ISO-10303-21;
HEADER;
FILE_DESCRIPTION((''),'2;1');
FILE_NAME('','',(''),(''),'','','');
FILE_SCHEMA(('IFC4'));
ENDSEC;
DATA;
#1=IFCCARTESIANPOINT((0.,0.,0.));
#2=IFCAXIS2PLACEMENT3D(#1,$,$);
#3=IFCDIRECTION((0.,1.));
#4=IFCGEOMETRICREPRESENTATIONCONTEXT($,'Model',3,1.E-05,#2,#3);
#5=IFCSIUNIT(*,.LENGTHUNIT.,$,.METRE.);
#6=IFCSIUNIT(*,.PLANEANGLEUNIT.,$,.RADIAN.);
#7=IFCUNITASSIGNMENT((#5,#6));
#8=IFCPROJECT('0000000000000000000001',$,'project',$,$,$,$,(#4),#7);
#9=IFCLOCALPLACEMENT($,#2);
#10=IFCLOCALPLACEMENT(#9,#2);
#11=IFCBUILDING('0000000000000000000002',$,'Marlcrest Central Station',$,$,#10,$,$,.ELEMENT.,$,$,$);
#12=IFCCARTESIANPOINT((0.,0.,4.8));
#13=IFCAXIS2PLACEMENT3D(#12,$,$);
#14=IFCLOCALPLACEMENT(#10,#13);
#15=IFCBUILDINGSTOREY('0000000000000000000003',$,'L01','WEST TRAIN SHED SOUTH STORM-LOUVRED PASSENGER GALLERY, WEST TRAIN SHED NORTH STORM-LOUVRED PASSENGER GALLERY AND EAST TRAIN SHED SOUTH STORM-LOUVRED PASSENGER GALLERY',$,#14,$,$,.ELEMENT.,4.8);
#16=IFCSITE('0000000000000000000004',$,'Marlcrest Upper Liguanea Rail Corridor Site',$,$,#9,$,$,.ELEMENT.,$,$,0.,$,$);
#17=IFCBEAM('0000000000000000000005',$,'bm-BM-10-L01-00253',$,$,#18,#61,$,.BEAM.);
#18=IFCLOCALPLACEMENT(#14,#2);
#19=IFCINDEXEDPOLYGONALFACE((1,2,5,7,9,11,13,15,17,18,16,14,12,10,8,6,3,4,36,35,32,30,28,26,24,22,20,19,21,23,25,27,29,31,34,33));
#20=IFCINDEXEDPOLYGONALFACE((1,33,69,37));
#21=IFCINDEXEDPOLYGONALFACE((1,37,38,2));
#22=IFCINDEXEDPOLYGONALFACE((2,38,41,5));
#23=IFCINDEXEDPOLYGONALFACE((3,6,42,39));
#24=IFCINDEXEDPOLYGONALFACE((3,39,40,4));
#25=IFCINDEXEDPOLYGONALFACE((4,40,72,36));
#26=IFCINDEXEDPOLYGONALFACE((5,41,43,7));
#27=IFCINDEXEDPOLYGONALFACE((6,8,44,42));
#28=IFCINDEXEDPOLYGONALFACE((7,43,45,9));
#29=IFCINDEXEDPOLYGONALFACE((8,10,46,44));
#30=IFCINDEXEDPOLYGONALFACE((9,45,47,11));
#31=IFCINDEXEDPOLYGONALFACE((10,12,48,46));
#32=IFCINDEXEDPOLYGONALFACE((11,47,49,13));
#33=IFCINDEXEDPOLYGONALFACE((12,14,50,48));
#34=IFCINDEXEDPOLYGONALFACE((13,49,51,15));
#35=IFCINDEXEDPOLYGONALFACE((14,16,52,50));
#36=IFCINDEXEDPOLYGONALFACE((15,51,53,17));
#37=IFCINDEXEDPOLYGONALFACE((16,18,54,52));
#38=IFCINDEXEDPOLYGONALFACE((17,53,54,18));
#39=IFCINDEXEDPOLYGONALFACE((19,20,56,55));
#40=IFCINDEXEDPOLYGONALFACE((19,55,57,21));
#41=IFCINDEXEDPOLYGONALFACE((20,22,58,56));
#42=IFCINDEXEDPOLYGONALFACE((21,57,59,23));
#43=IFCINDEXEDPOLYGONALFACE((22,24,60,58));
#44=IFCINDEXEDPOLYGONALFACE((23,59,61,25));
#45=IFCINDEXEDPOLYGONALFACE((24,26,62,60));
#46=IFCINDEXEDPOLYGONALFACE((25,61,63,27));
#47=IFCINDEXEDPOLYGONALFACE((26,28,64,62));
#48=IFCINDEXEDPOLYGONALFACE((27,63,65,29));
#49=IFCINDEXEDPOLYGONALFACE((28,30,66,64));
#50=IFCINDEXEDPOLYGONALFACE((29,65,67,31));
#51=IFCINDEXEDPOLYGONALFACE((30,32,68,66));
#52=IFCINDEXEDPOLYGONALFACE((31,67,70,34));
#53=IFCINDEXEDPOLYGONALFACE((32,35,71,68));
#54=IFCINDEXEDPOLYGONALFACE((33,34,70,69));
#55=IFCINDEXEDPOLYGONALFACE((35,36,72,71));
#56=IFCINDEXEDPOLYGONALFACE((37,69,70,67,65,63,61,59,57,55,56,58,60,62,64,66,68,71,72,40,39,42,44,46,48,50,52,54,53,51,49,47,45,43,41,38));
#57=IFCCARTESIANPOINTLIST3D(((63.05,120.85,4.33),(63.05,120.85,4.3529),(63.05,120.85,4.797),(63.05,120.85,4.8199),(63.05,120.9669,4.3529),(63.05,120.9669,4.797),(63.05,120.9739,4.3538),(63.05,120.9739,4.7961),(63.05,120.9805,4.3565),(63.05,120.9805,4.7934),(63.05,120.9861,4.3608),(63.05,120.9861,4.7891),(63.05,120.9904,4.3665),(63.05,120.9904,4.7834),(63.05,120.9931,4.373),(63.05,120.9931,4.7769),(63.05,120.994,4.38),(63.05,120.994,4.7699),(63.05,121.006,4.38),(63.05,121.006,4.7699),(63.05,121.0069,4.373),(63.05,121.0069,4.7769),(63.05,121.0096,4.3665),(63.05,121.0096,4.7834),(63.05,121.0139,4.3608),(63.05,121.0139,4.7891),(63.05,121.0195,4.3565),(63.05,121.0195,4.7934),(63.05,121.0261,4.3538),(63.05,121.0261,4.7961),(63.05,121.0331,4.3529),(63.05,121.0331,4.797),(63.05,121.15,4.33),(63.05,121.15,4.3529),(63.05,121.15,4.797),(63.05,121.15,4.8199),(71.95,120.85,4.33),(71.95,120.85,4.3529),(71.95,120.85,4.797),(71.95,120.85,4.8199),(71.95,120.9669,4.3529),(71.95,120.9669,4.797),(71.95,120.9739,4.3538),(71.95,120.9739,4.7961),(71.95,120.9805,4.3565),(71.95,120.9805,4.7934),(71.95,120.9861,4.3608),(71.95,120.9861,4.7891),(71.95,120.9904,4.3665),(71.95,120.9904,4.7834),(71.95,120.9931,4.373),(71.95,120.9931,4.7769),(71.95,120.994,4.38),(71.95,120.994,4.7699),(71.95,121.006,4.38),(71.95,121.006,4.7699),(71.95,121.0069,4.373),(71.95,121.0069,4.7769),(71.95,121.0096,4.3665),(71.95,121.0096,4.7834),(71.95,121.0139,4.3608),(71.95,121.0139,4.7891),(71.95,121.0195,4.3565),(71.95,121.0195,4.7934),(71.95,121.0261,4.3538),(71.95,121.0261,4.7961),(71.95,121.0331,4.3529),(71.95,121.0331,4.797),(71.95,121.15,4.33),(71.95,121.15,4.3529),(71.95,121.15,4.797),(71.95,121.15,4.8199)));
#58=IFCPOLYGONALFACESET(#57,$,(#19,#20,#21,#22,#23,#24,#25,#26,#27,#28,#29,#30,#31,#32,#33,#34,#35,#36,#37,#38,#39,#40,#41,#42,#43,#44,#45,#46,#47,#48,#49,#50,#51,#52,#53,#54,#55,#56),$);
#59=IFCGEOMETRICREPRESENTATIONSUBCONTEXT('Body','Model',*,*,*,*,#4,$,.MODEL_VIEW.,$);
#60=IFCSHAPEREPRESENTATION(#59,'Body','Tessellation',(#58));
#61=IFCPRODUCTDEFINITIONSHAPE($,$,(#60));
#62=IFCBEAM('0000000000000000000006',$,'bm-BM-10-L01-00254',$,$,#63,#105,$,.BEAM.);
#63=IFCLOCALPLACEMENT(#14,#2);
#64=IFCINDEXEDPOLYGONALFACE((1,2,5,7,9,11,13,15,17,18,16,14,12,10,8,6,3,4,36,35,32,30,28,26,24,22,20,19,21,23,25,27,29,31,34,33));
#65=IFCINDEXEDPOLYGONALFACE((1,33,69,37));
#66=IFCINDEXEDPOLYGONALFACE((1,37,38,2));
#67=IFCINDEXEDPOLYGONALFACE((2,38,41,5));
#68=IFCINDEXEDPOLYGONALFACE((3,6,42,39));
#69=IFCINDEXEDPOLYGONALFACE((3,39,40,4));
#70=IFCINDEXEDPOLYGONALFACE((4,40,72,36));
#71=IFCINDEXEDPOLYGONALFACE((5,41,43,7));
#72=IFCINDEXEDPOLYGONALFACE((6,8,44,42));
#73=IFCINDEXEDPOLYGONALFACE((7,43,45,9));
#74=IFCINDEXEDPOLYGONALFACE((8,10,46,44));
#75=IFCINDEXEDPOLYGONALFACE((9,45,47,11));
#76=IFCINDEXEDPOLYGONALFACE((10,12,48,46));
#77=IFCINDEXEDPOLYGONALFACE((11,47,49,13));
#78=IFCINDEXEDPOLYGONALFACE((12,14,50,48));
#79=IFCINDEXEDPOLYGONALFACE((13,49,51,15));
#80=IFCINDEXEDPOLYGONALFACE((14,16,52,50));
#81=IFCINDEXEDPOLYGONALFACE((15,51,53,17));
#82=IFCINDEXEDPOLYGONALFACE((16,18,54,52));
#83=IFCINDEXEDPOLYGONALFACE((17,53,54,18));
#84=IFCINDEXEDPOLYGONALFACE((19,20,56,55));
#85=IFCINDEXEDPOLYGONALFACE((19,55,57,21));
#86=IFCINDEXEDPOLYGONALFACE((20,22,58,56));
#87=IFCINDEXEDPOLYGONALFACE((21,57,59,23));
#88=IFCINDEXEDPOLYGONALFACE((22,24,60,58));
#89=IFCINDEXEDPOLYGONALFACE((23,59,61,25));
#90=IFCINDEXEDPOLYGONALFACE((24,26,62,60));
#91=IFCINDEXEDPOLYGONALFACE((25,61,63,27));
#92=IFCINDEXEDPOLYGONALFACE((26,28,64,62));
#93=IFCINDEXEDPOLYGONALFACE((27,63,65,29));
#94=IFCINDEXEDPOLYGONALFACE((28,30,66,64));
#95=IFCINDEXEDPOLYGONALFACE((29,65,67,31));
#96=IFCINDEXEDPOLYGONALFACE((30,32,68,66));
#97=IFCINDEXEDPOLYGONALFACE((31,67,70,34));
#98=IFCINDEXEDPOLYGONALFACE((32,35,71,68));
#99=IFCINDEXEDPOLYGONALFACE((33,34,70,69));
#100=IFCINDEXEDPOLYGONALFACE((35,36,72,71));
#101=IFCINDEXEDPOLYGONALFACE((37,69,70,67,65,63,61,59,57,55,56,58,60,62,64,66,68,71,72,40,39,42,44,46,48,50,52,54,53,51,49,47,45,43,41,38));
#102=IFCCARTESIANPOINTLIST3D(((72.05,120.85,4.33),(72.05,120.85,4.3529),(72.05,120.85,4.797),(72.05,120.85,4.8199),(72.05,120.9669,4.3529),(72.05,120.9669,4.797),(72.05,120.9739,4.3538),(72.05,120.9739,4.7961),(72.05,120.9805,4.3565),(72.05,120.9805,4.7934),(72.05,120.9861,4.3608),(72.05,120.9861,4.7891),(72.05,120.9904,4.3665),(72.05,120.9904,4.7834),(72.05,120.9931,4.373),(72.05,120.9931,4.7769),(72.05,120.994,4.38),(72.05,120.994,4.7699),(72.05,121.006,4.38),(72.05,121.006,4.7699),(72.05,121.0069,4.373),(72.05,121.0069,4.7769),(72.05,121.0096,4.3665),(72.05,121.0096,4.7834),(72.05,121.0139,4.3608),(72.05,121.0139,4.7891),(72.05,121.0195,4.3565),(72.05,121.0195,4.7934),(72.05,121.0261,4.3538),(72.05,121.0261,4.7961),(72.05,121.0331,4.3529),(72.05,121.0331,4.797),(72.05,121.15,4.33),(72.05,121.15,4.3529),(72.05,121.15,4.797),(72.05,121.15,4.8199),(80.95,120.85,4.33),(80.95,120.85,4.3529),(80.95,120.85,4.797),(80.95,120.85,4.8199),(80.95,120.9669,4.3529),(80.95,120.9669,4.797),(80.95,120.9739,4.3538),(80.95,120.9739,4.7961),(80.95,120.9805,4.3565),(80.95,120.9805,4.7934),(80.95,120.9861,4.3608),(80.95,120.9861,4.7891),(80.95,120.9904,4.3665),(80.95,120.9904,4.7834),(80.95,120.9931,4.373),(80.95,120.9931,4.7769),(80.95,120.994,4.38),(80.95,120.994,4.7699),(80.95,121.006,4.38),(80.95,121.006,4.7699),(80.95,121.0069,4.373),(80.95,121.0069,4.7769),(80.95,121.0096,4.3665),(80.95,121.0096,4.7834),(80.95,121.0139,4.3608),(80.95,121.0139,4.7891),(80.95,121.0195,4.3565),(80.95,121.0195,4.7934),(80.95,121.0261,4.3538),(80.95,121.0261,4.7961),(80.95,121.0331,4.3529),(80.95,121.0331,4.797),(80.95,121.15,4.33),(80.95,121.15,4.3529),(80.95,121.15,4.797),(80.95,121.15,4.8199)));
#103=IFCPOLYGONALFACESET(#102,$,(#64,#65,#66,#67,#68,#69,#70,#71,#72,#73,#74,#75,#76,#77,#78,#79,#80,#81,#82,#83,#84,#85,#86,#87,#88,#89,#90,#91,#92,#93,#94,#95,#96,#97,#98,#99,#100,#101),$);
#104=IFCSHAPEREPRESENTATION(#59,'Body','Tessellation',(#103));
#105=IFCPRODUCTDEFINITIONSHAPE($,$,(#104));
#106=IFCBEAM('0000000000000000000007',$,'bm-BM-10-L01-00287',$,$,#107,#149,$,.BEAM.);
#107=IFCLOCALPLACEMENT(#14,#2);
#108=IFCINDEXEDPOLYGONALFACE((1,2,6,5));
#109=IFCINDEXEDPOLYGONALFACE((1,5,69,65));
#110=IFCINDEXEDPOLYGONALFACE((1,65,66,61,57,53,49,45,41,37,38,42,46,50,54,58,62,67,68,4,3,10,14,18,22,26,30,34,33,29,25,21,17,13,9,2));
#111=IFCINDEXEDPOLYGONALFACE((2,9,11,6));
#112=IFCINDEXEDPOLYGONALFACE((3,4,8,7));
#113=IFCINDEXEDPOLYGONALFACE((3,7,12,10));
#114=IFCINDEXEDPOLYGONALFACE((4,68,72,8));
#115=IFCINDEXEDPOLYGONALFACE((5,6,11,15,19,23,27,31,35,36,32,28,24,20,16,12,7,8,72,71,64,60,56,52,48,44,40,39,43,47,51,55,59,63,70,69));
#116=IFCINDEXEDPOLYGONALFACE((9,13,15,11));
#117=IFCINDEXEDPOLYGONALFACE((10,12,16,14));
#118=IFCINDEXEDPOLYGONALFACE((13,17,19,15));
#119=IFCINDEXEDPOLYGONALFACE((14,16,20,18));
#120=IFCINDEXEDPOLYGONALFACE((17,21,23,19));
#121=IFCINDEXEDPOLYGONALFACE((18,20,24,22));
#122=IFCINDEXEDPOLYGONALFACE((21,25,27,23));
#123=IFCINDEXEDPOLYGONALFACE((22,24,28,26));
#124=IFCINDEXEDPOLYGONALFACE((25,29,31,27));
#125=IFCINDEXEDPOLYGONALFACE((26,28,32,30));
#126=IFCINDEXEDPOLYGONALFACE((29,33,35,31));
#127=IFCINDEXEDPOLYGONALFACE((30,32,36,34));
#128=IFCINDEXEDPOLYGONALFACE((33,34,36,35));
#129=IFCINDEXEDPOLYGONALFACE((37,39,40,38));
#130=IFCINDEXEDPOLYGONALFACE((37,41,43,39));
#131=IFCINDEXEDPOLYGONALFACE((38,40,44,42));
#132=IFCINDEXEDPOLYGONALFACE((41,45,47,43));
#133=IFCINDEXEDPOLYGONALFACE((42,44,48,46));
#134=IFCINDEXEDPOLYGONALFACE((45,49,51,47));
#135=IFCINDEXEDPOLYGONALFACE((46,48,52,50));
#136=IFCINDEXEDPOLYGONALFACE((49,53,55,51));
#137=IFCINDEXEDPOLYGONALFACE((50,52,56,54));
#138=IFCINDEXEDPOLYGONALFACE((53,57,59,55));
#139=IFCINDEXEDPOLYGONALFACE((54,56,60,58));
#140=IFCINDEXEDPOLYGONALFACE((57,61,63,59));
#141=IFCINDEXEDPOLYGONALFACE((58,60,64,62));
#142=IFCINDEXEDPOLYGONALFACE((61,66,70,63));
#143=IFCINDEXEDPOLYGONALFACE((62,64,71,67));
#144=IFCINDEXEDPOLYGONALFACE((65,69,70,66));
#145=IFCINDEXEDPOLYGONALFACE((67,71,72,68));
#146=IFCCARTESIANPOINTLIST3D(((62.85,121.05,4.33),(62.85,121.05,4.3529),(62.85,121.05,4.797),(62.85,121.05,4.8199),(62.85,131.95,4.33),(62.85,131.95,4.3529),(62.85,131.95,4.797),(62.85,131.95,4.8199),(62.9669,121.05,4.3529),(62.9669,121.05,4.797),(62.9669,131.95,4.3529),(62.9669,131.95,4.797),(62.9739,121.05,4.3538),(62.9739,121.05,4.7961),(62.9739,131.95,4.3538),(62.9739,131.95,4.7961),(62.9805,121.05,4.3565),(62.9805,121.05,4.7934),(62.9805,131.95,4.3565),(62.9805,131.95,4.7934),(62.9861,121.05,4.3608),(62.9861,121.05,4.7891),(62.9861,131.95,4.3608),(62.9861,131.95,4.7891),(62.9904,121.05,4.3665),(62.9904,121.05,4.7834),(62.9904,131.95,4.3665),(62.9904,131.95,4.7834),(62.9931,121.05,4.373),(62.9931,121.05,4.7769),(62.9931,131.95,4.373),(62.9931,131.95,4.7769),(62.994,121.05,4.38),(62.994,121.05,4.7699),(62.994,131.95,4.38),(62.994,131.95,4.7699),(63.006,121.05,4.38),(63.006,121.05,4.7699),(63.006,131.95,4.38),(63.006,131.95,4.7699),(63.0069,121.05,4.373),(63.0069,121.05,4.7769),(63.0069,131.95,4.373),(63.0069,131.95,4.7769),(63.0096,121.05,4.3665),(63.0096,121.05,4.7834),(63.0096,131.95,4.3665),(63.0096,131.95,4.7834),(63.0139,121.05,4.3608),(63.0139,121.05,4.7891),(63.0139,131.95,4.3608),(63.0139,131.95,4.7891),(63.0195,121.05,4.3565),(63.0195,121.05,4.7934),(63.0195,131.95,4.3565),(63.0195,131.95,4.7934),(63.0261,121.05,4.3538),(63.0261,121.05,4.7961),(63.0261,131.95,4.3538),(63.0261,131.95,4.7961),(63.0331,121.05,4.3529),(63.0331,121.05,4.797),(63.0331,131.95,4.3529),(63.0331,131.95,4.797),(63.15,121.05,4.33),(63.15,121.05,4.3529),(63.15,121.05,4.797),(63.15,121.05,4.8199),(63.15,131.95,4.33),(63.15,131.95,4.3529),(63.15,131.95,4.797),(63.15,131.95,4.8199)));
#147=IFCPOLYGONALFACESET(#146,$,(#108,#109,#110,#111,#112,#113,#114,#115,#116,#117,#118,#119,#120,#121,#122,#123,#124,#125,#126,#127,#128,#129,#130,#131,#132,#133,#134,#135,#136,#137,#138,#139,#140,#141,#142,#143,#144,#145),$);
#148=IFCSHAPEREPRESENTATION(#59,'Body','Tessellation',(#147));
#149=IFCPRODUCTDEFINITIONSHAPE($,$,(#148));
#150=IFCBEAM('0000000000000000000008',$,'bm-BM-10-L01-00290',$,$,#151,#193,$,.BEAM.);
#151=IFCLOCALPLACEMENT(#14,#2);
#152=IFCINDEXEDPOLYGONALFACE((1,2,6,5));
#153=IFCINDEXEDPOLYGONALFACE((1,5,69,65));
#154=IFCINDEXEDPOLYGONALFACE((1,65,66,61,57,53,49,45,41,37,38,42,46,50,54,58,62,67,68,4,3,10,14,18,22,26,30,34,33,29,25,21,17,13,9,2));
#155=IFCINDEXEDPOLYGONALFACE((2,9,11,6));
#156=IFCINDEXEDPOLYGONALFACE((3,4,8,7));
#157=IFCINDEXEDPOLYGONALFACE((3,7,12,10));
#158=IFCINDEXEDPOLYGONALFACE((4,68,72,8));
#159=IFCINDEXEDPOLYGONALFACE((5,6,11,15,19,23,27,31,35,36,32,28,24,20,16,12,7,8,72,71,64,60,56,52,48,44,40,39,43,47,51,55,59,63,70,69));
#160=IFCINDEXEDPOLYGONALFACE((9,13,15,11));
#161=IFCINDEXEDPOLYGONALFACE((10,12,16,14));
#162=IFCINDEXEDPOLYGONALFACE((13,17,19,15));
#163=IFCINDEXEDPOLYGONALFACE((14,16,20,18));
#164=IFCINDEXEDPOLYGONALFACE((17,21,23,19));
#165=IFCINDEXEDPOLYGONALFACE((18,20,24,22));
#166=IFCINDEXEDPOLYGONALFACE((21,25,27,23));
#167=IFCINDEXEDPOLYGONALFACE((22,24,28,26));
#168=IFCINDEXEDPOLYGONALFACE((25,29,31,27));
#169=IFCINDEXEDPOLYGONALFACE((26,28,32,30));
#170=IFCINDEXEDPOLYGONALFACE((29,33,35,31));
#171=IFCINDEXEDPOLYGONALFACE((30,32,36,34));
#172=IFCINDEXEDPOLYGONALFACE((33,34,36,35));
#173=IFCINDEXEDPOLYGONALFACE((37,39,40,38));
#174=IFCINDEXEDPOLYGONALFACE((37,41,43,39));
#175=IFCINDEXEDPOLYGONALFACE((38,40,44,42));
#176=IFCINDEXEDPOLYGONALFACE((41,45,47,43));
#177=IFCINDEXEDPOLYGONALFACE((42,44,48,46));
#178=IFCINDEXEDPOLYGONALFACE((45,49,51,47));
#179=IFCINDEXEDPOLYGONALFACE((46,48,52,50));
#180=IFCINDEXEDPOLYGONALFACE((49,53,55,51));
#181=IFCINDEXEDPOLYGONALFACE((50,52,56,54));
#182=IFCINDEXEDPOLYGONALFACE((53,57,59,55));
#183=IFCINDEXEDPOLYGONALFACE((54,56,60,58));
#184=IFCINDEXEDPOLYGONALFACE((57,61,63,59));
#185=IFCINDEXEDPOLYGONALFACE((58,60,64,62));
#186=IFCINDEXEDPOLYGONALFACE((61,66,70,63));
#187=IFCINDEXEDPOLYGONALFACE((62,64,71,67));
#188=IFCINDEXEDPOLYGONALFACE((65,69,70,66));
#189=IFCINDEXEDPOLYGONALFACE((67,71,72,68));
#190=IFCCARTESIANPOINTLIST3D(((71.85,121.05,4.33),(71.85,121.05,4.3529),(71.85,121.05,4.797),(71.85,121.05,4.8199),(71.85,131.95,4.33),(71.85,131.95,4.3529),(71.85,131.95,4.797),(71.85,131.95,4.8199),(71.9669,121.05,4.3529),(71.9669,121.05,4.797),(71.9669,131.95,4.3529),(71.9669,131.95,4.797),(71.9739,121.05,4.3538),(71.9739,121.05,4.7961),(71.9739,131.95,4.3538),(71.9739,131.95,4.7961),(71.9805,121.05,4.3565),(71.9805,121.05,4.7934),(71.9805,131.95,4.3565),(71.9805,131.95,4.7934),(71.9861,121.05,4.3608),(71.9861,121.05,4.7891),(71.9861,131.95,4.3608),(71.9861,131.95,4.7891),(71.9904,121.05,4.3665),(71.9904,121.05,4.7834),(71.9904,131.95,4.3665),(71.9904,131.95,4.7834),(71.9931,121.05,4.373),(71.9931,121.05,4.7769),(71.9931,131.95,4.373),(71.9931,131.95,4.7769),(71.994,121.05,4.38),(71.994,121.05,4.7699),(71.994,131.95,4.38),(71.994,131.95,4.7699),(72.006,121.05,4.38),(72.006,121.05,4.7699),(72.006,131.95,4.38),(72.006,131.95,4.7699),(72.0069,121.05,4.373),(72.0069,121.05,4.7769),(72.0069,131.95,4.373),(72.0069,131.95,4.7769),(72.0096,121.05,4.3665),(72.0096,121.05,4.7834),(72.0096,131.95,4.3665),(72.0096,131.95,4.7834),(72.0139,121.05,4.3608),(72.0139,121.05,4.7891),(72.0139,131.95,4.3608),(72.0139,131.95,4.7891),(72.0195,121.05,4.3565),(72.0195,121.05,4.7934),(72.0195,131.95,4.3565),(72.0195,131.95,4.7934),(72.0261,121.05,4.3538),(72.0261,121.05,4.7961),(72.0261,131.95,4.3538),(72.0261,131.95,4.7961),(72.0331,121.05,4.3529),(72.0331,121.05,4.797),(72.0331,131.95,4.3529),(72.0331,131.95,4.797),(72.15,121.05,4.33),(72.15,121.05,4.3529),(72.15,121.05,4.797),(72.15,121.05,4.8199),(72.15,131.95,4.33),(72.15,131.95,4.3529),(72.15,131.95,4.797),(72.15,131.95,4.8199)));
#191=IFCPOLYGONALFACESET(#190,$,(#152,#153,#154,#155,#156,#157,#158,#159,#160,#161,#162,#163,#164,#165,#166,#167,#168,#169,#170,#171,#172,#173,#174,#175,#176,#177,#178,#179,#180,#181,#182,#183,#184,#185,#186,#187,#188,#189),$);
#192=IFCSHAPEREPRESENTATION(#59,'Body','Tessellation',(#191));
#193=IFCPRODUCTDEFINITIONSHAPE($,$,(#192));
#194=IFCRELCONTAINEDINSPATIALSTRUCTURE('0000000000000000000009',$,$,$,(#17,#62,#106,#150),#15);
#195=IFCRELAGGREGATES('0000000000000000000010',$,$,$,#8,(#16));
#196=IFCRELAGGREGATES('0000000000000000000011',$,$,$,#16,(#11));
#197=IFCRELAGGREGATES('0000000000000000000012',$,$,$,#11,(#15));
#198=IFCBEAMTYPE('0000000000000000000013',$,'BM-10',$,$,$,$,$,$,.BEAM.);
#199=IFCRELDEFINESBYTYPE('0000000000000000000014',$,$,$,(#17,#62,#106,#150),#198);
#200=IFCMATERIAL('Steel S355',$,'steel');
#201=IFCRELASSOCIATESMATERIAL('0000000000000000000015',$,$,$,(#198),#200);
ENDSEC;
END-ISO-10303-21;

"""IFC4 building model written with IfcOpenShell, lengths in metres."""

from ifc_helpers import new_model, si_unit, direction, frame, origin, origin_2d, place, context, subcontext, project, spatial, i_section, extrude, material, material_profile, profile_set, type_object, element, save


model = new_model("IFC4")

# Units and contexts
model_context = context("Model", 3, precision=1e-05, world=origin(), true_north=direction((0.0, 1.0)))
body_context = subcontext(model_context, "Body", "Model", "MODEL_VIEW")
ifc_project = project(units=[si_unit("LENGTHUNIT", "METRE"), si_unit("PLANEANGLEUNIT", "RADIAN")], contexts=[model_context])

# Site, building, storey
site_placement = place(None, origin())
site = spatial("IfcSite", under=ifc_project, at=site_placement, Name="Marlcrest Upper Liguanea Rail Corridor Site", CompositionType="ELEMENT", RefElevation=0.0)
building_placement = place(site_placement, origin())
building = spatial("IfcBuilding", under=site, at=building_placement, Name="Marlcrest Central Station", CompositionType="ELEMENT")
storey_placement = place(building_placement, frame((0.0, 0.0, 4.8)))
storey = spatial("IfcBuildingStorey", under=building, at=storey_placement, Name="L01", Description="WEST TRAIN SHED SOUTH STORM-LOUVRED PASSENGER GALLERY, WEST TRAIN SHED NORTH STORM-LOUVRED PASSENGER GALLERY AND EAST TRAIN SHED SOUTH STORM-LOUVRED PASSENGER GALLERY", CompositionType="ELEMENT", Elevation=4.8)

# Shared definitions
ifc_material_1 = material(Name="Steel S355", Category="steel")

# Beams
ifc_material_profile_1 = material_profile(ifc_material_1, i_section(OverallWidth=0.3, OverallDepth=0.49, WebThickness=0.012, FlangeThickness=0.0229, FilletRadius=0.0271, at=origin_2d()), Name="HEA 500")
ifc_profile_set_1 = profile_set([ifc_material_profile_1], Name="Steel S355")
beam_type_1 = type_object("IfcBeamType", Name="BM-10", PredefinedType="BEAM", material=ifc_profile_set_1)
for number, where, z_axis, x_axis, name in (
    (1, (63.05, 121.0, 4.575), (1.0, 0.0, 0.0), (0.0, 1.0, 0.0), "bm-BM-10-L01-00253"),
    (2, (72.05, 121.0, 4.575), (1.0, 0.0, 0.0), (0.0, 1.0, 0.0), "bm-BM-10-L01-00254"),
):
    element("IfcBeam", number, at=place(storey_placement, frame(where, z_axis=z_axis, x_axis=x_axis)), inside=storey, type_object=beam_type_1, Name=name, PredefinedType="BEAM", context=body_context, shape_type="SweptSolid", body=[
        extrude(i_section(OverallWidth=0.3, OverallDepth=0.49, WebThickness=0.012, FlangeThickness=0.0229, FilletRadius=0.0271, at=origin_2d()), origin(), (0.0, 0.0, 1.0), 8.8999),
    ])
for number, where, z_axis, x_axis, name in (
    (3, (63.0, 121.05, 4.575), (0.0, 1.0, 0.0), (-1.0, 0.0, 0.0), "bm-BM-10-L01-00287"),
    (4, (72.0, 121.05, 4.575), (0.0, 1.0, 0.0), (-1.0, 0.0, 0.0), "bm-BM-10-L01-00290"),
):
    element("IfcBeam", number, at=place(storey_placement, frame(where, z_axis=z_axis, x_axis=x_axis)), inside=storey, type_object=beam_type_1, Name=name, PredefinedType="BEAM", context=body_context, shape_type="SweptSolid", body=[
        extrude(i_section(OverallWidth=0.3, OverallDepth=0.49, WebThickness=0.012, FlangeThickness=0.0229, FilletRadius=0.0271, at=origin_2d()), origin(), (0.0, 0.0, 1.0), 10.8999),
    ])

save(model, "model.ifc")
